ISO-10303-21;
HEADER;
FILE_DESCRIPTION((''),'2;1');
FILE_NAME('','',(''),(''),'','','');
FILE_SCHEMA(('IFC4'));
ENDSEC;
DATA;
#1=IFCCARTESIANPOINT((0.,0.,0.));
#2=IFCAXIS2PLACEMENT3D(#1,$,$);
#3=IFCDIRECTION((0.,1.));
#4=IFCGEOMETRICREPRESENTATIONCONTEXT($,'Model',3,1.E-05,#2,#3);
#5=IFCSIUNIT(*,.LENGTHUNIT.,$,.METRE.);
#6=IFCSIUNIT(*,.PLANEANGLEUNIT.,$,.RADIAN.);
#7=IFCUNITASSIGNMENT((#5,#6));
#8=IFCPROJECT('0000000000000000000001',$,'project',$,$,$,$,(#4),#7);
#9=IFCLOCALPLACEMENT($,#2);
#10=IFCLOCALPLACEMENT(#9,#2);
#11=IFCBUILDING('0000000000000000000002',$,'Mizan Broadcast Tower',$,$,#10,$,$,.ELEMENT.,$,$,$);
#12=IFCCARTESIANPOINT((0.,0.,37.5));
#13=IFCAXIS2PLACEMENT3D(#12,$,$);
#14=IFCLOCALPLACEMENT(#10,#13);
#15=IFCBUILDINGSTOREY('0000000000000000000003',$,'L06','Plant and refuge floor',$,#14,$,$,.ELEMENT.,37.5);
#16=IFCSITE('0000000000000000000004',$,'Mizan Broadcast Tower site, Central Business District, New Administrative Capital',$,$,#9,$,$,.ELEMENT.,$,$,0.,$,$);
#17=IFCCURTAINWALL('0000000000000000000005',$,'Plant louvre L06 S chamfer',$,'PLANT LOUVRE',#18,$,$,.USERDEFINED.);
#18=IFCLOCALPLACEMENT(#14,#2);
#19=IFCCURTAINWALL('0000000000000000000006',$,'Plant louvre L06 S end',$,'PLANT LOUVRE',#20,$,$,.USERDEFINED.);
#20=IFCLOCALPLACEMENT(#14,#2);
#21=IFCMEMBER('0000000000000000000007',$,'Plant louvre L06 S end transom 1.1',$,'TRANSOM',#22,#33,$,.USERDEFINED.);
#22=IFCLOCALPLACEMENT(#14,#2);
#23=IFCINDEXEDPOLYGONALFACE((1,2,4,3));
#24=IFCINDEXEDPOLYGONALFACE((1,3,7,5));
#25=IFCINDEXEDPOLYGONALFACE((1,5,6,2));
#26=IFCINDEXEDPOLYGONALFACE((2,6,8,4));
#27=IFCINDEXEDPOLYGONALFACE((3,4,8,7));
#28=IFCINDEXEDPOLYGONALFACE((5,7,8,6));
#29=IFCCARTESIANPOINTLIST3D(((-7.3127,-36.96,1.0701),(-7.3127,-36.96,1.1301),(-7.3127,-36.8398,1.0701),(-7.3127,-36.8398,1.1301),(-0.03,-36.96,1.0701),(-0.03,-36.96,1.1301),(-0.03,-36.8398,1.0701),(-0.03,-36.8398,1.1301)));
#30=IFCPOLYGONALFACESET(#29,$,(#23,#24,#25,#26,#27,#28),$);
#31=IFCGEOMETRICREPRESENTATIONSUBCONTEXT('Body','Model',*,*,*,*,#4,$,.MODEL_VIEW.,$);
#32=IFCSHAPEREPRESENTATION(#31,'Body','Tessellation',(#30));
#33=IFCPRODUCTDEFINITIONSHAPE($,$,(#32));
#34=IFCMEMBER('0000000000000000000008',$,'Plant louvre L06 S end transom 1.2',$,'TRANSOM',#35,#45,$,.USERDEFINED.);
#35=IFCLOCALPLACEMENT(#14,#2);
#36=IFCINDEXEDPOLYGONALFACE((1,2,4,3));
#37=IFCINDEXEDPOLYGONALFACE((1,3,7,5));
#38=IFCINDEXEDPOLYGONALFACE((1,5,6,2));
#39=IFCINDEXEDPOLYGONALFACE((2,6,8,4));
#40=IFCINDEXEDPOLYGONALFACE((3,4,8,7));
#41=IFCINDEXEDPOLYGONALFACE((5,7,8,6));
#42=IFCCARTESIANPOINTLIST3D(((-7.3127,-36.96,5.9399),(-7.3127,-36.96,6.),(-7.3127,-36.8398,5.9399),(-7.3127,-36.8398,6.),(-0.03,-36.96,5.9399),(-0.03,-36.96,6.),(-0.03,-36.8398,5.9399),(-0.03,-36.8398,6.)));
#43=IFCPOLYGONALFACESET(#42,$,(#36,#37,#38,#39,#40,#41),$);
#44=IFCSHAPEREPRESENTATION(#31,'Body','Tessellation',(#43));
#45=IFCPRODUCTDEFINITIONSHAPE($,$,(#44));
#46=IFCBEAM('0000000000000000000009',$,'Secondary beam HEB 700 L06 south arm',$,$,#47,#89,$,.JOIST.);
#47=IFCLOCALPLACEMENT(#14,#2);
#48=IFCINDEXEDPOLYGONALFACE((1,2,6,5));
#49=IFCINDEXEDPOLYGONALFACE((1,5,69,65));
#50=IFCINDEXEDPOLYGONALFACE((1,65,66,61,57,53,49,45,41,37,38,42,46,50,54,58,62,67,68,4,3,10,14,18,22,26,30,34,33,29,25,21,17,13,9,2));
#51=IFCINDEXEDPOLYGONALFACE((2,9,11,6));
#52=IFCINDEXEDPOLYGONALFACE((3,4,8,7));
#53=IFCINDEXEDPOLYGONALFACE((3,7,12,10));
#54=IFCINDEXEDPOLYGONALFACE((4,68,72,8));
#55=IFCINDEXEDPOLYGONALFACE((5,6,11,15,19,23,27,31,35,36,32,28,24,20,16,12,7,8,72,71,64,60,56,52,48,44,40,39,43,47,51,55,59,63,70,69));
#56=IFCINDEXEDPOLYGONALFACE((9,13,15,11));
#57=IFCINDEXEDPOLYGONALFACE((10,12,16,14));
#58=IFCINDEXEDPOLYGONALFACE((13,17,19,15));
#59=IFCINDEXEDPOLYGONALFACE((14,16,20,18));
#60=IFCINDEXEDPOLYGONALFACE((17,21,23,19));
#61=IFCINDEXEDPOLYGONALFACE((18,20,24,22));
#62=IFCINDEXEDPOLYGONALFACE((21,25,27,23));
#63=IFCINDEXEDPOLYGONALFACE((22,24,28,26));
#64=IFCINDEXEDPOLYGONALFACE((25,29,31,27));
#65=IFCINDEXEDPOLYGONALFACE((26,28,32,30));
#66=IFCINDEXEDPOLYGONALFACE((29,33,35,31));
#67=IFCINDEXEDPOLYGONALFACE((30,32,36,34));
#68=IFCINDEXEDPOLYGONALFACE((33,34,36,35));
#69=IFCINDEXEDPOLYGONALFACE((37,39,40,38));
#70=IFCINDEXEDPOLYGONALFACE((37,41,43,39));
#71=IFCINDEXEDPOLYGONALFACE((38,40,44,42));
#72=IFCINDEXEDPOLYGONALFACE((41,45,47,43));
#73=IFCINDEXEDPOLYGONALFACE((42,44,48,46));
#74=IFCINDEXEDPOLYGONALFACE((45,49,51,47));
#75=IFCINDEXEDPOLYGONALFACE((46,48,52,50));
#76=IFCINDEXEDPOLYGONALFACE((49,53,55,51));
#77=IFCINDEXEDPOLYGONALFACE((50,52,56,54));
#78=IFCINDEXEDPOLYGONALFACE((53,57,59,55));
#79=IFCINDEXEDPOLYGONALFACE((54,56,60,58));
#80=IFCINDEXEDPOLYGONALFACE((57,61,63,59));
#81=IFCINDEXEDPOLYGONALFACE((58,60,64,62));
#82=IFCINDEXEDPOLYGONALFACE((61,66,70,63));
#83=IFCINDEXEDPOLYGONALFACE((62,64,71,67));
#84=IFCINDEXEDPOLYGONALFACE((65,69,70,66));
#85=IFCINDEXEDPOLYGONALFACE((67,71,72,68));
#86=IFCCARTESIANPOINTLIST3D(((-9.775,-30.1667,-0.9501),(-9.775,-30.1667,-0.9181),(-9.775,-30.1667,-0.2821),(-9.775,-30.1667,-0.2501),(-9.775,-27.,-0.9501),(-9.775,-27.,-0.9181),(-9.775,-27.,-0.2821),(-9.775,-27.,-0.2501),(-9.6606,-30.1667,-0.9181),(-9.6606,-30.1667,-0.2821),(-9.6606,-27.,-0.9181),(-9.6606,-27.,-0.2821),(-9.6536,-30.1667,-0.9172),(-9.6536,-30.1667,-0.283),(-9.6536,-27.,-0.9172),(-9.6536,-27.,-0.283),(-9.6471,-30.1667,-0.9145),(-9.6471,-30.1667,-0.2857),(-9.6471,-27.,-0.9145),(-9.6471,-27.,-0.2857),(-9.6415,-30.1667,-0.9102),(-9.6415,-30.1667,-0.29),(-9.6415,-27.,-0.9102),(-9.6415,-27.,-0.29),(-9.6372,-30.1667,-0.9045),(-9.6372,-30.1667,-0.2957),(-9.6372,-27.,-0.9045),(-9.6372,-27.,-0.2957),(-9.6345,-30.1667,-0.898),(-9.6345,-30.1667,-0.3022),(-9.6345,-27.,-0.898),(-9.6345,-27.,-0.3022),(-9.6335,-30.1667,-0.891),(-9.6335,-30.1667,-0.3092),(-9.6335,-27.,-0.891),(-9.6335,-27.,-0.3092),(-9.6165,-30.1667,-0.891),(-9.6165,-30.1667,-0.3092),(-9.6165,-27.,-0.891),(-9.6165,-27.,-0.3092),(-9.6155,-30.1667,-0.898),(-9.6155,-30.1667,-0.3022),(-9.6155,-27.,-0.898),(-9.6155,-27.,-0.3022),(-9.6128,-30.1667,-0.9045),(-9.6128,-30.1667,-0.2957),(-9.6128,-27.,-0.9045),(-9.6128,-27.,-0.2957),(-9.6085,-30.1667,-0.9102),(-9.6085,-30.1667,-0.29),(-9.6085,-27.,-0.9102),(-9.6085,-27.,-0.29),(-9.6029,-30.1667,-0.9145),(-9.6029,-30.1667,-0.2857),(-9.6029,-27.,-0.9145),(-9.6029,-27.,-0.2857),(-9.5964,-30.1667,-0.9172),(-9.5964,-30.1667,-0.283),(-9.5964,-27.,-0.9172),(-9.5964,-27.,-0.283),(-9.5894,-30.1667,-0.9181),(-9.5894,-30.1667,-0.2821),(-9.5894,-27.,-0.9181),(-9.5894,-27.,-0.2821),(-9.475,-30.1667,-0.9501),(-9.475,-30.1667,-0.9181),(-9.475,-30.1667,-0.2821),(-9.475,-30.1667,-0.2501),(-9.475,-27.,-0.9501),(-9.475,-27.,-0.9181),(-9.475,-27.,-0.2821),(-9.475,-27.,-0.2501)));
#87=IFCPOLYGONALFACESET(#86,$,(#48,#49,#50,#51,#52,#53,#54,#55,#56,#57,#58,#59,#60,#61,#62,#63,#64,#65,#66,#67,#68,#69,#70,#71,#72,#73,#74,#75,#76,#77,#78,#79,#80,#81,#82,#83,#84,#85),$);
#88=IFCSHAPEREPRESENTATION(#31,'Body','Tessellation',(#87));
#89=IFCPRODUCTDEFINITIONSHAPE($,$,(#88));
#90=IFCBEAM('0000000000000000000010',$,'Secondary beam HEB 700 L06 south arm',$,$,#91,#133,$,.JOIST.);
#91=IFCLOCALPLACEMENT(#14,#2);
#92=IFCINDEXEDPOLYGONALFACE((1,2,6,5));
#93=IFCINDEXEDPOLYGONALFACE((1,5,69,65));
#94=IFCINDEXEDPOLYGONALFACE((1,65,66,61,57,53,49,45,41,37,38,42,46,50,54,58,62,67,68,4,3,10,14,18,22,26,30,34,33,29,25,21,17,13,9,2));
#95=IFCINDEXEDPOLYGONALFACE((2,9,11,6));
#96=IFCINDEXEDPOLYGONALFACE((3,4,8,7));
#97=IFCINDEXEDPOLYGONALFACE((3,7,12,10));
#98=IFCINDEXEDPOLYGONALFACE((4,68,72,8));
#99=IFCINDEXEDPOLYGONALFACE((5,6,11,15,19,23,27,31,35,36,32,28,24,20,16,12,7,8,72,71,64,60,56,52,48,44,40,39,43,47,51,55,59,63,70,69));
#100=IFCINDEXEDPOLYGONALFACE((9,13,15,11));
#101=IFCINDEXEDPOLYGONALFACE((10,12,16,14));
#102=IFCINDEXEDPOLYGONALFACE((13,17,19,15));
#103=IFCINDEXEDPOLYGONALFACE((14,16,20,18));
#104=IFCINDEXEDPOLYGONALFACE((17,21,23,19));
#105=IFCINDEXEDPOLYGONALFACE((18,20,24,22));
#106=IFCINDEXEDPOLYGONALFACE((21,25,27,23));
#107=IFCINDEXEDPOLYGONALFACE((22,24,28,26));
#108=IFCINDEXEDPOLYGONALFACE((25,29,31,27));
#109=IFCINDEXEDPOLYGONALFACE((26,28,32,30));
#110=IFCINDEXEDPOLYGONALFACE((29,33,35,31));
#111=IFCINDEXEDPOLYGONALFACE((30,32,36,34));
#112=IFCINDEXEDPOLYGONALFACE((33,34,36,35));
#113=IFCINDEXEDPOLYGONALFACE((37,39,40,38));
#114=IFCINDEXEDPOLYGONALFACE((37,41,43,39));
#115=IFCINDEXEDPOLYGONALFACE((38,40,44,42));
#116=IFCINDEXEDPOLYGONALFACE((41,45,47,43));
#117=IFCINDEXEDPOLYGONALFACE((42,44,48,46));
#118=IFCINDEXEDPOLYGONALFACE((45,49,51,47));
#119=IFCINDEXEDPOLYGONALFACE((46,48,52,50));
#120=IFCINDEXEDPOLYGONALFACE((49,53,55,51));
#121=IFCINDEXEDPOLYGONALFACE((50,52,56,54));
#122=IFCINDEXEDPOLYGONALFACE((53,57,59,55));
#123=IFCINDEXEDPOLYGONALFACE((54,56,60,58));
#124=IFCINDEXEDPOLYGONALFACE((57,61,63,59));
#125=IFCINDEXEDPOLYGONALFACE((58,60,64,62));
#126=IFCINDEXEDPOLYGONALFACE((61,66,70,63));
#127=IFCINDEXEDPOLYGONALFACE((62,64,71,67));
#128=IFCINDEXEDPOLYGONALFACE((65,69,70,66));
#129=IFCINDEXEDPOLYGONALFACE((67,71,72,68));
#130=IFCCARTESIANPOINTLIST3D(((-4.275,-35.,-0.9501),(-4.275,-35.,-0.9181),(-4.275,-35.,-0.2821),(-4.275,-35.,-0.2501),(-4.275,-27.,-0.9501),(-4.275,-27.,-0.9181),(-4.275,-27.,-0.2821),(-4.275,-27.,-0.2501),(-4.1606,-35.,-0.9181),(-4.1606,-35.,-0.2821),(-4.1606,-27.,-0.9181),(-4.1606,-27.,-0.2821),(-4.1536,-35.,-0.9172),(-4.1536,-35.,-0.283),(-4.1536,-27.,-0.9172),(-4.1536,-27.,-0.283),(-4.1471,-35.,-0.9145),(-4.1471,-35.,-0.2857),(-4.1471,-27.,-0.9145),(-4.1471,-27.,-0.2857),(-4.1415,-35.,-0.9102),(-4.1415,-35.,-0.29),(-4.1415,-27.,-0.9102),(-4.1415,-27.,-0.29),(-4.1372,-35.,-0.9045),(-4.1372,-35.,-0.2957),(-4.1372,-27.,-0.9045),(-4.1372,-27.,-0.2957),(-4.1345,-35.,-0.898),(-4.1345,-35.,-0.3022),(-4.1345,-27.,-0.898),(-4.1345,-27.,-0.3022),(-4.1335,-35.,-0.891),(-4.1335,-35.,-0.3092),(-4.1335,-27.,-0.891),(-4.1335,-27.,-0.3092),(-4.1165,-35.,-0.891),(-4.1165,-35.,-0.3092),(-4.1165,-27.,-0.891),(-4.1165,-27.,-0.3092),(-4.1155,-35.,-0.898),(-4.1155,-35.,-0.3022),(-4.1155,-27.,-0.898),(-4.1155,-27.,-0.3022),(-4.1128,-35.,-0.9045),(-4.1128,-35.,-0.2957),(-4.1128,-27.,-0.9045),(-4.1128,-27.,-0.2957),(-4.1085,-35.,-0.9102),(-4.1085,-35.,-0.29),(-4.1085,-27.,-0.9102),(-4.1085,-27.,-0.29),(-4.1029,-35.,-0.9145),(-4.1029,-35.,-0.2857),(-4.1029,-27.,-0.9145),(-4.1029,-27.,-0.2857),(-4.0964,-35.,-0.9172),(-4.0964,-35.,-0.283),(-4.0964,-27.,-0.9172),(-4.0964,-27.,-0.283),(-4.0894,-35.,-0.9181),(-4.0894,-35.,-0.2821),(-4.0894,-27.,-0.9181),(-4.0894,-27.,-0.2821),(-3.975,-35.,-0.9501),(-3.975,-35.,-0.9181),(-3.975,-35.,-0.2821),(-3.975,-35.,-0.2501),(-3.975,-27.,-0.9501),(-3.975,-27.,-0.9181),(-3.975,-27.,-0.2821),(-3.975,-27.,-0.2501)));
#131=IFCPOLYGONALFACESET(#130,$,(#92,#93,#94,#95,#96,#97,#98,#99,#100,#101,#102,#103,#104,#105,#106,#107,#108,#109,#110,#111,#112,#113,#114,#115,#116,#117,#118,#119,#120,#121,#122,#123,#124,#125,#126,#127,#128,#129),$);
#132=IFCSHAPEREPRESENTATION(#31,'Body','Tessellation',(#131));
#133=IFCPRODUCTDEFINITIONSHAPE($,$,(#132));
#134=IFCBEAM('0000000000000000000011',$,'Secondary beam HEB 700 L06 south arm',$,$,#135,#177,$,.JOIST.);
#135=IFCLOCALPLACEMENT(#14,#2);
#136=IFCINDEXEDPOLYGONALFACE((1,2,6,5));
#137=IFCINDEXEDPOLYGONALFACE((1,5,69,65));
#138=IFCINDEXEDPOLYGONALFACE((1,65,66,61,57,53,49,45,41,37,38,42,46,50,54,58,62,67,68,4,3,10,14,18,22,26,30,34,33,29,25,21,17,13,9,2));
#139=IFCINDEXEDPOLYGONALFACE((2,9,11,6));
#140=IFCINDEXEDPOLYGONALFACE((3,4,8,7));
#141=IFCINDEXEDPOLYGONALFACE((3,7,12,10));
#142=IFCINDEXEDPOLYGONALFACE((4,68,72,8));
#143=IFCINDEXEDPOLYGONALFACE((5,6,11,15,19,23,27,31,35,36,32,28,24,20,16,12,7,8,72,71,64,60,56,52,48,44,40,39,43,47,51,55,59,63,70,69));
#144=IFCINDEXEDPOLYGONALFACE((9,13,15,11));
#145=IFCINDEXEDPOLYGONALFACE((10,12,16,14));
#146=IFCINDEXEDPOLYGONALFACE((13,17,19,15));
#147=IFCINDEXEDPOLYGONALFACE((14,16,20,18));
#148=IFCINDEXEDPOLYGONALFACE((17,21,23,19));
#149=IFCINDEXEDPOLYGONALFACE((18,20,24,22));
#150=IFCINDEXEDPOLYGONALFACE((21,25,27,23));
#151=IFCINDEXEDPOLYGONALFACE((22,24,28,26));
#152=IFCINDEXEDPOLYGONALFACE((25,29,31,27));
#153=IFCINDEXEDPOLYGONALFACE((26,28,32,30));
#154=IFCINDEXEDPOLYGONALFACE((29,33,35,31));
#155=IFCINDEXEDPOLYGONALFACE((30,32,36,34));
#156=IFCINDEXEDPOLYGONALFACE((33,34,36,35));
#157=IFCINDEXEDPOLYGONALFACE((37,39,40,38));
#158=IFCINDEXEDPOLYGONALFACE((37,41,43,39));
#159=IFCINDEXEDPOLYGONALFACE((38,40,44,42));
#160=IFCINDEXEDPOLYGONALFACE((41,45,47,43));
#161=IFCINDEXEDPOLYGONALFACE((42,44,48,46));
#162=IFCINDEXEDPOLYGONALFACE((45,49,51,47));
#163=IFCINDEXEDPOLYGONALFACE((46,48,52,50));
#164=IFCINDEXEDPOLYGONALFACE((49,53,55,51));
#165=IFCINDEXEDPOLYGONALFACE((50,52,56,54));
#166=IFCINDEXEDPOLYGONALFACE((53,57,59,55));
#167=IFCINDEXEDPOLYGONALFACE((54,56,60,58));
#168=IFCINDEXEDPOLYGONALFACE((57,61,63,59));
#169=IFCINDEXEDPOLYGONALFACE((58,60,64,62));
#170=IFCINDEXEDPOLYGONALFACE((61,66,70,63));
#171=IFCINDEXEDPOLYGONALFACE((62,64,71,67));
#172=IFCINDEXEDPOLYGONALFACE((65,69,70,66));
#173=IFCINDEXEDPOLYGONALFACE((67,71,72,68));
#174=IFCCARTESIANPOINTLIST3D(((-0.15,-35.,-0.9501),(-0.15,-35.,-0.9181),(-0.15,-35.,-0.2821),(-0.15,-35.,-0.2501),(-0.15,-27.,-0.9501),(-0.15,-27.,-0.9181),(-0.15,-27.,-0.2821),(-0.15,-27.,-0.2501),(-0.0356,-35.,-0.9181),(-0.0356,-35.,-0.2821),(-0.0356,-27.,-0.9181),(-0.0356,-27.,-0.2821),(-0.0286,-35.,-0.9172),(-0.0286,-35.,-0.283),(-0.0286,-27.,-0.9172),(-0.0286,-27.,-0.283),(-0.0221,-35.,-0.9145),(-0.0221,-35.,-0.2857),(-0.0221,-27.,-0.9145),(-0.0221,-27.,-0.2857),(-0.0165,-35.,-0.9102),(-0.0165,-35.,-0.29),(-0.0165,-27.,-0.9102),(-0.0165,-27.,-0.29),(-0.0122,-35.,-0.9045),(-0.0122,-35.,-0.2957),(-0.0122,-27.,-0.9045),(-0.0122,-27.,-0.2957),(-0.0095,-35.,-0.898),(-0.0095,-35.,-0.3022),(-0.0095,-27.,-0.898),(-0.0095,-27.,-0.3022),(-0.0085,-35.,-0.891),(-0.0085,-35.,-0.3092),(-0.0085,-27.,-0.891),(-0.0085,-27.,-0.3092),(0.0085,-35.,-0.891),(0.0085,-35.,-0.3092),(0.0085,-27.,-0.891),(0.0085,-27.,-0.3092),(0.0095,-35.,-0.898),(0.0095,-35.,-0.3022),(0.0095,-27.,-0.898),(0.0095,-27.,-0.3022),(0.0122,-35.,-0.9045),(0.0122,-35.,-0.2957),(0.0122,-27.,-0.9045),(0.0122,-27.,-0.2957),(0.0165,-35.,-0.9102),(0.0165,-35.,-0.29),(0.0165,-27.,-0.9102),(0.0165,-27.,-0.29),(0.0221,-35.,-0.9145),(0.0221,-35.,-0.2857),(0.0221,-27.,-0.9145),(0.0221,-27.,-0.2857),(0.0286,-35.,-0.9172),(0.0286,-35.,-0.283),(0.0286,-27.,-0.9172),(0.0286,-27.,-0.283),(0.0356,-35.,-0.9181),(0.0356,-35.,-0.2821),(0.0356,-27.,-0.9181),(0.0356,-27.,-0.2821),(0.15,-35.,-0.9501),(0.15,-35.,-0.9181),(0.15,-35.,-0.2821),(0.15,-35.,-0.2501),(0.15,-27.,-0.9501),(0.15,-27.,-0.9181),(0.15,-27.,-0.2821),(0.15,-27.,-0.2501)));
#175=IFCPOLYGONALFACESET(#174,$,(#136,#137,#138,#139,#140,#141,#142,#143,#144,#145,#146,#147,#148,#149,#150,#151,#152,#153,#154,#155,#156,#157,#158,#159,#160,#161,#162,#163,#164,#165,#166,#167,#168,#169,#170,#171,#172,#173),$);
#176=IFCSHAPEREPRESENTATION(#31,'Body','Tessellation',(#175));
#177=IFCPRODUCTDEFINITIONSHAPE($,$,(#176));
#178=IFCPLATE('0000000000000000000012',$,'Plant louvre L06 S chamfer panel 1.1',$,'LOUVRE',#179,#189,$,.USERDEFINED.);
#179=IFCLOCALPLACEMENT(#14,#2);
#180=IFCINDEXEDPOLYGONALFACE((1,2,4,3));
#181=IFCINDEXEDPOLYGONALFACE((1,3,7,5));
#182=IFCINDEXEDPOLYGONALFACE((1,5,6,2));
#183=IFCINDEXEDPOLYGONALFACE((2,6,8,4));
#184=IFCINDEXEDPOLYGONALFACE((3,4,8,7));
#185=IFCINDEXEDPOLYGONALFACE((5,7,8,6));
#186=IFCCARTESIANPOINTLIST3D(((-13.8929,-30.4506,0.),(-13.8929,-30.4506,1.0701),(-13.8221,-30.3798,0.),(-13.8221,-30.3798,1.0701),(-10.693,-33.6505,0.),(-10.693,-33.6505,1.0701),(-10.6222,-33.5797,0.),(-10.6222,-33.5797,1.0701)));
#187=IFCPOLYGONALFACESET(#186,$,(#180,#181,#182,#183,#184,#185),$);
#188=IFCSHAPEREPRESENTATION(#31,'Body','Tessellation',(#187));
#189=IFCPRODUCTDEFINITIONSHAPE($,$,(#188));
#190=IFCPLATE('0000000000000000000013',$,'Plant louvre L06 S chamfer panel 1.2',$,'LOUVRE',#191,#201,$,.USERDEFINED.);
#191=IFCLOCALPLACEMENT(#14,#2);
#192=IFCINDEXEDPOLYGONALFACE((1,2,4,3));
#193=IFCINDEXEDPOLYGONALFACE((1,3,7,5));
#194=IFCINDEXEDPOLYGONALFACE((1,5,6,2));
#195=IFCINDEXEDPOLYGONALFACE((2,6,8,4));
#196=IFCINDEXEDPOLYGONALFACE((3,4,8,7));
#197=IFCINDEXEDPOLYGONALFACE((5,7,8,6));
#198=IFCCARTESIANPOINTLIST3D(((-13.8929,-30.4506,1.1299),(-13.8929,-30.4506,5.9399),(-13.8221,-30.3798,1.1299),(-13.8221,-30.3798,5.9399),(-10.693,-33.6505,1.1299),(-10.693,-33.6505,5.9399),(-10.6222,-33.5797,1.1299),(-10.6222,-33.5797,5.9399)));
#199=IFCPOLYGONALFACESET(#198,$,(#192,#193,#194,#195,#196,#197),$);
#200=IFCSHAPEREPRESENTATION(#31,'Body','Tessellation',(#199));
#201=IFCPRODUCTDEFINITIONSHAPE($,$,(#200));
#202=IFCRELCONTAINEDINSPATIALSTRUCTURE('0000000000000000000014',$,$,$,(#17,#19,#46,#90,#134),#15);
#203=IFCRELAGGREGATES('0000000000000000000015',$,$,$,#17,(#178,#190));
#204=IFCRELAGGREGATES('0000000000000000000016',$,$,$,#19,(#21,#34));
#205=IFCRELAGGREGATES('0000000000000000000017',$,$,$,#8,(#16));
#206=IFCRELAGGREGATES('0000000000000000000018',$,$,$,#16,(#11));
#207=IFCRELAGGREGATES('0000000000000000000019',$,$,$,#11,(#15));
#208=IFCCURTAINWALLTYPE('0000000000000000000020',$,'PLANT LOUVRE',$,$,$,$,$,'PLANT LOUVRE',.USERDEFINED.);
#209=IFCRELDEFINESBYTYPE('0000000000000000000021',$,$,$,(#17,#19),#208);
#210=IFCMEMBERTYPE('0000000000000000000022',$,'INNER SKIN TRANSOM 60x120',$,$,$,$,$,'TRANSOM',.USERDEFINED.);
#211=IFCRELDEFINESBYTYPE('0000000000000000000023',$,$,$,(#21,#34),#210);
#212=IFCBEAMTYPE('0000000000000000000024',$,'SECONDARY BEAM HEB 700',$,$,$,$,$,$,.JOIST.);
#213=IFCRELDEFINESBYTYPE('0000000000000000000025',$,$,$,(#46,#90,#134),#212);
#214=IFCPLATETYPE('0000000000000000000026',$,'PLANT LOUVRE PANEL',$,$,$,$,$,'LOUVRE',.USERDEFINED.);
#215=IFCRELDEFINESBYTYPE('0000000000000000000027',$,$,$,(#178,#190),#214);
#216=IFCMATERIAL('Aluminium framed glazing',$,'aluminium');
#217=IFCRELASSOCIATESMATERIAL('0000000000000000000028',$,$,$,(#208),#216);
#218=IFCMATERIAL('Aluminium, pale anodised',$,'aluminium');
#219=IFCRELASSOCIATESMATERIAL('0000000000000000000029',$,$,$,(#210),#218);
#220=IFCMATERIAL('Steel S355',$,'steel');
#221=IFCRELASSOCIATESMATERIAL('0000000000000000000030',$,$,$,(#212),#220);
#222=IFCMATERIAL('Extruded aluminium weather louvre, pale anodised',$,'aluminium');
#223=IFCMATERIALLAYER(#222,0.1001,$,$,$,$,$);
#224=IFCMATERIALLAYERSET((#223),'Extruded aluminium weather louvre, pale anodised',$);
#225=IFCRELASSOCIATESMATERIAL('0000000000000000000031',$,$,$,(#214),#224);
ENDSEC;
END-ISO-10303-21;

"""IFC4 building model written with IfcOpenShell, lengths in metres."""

from ifc_helpers import new_model, si_unit, direction, frame, origin, origin_2d, place, context, subcontext, project, spatial, rectangle, i_section, extrude, material, layer, layer_set, material_profile, profile_set, type_object, element, aggregate, save


model = new_model("IFC4")

# Units and contexts
model_context = context("Model", 3, precision=1e-05, world=origin(), true_north=direction((0.0, 1.0)))
body_context = subcontext(model_context, "Body", "Model", "MODEL_VIEW")
ifc_project = project(units=[si_unit("LENGTHUNIT", "METRE"), si_unit("PLANEANGLEUNIT", "RADIAN")], contexts=[model_context])

# Site, building, storey
site_placement = place(None, origin())
site = spatial("IfcSite", under=ifc_project, at=site_placement, Name="Mizan Broadcast Tower site, Central Business District, New Administrative Capital", CompositionType="ELEMENT", RefElevation=0.0)
building_placement = place(site_placement, origin())
building = spatial("IfcBuilding", under=site, at=building_placement, Name="Mizan Broadcast Tower", CompositionType="ELEMENT")
storey_placement = place(building_placement, frame((0.0, 0.0, 37.5)))
storey = spatial("IfcBuildingStorey", under=building, at=storey_placement, Name="L06", Description="Plant and refuge floor", CompositionType="ELEMENT", Elevation=37.5)

# Curtain walls, members
ifc_material_1 = material(Name="Aluminium framed glazing", Category="aluminium")
curtain_wall_type = type_object("IfcCurtainWallType", Name="PLANT LOUVRE", ElementType="PLANT LOUVRE", PredefinedType="USERDEFINED", material=ifc_material_1)
curtain_wall_1_placement = place(storey_placement, origin())
curtain_wall_1 = element("IfcCurtainWall", 1, at=curtain_wall_1_placement, inside=storey, type_object=curtain_wall_type, Name="Plant louvre L06 S chamfer", ObjectType="PLANT LOUVRE", PredefinedType="USERDEFINED")
ifc_material_2 = material(Name="Aluminium, pale anodised", Category="aluminium")
ifc_material_profile_1 = material_profile(ifc_material_2, rectangle(XDim=0.1201, YDim=0.0601, at=origin_2d()), Name="TRANSOM 120x60")
ifc_profile_set_1 = profile_set([ifc_material_profile_1], Name="Aluminium, pale anodised")
member_type_1 = type_object("IfcMemberType", Name="INNER SKIN TRANSOM 60x120", ElementType="TRANSOM", PredefinedType="USERDEFINED", material=ifc_profile_set_1)
curtain_wall_2_placement = place(storey_placement, origin())
curtain_wall_2 = element("IfcCurtainWall", 2, at=curtain_wall_2_placement, inside=storey, type_object=curtain_wall_type, Name="Plant louvre L06 S end", ObjectType="PLANT LOUVRE", PredefinedType="USERDEFINED")
member_1_placement = place(storey_placement, frame((-7.3127, -36.8999, 1.1001), z_axis=(1.0, 0.0, 0.0), x_axis=(0.0, 1.0, 0.0)))
member_1 = element("IfcMember", 3, at=member_1_placement, type_object=member_type_1, Name="Plant louvre L06 S end transom 1.1", ObjectType="TRANSOM", PredefinedType="USERDEFINED", context=body_context, shape_type="SweptSolid", body=[
    extrude(rectangle(XDim=0.1201, YDim=0.0601, at=origin_2d()), origin(), (0.0, 0.0, 1.0), 7.2827),
])
member_2_placement = place(storey_placement, frame((-7.3127, -36.8999, 5.97), z_axis=(1.0, 0.0, 0.0), x_axis=(0.0, 1.0, 0.0)))
member_2 = element("IfcMember", 4, at=member_2_placement, type_object=member_type_1, Name="Plant louvre L06 S end transom 1.2", ObjectType="TRANSOM", PredefinedType="USERDEFINED", context=body_context, shape_type="SweptSolid", body=[
    extrude(rectangle(XDim=0.1201, YDim=0.0601, at=origin_2d()), origin(), (0.0, 0.0, 1.0), 7.2827),
])

# Beams
ifc_material_3 = material(Name="Steel S355", Category="steel")
ifc_material_profile_2 = material_profile(ifc_material_3, i_section(OverallWidth=0.3, OverallDepth=0.7, WebThickness=0.0171, FlangeThickness=0.032, FilletRadius=0.0271, at=origin_2d()), Name="HEB 700")
ifc_profile_set_2 = profile_set([ifc_material_profile_2], Name="Steel S355")
beam_type_1 = type_object("IfcBeamType", Name="SECONDARY BEAM HEB 700", PredefinedType="JOIST", material=ifc_profile_set_2)
beam_1_placement = place(storey_placement, frame((-9.625, -27.0, -0.6001), z_axis=(0.0, -1.0, 0.0), x_axis=(1.0, 0.0, 0.0)))
element("IfcBeam", 5, at=beam_1_placement, inside=storey, type_object=beam_type_1, Name="Secondary beam HEB 700 L06 south arm", PredefinedType="JOIST", context=body_context, shape_type="SweptSolid", body=[
    extrude(i_section(OverallWidth=0.3, OverallDepth=0.7, WebThickness=0.0171, FlangeThickness=0.032, FilletRadius=0.0271, at=origin_2d()), origin(), (0.0, 0.0, 1.0), 3.1667),
])
for number, where, z_axis, x_axis, name in (
    (6, (-4.125, -27.0, -0.6001), (0.0, -1.0, 0.0), (1.0, 0.0, 0.0), "Secondary beam HEB 700 L06 south arm"),
    (7, (0.0, -27.0, -0.6001), (0.0, -1.0, 0.0), (1.0, 0.0, 0.0), "Secondary beam HEB 700 L06 south arm"),
):
    element("IfcBeam", number, at=place(storey_placement, frame(where, z_axis=z_axis, x_axis=x_axis)), inside=storey, type_object=beam_type_1, Name=name, PredefinedType="JOIST", context=body_context, shape_type="SweptSolid", body=[
        extrude(i_section(OverallWidth=0.3, OverallDepth=0.7, WebThickness=0.0171, FlangeThickness=0.032, FilletRadius=0.0271, at=origin_2d()), origin(), (0.0, 0.0, 1.0), 8.0),
    ])

# Plates
ifc_material_4 = material(Name="Extruded aluminium weather louvre, pale anodised", Category="aluminium")
ifc_layer = layer(ifc_material_4, 0.1001)
ifc_layer_set = layer_set([ifc_layer], Name="Extruded aluminium weather louvre, pale anodised")
plate_type = type_object("IfcPlateType", Name="PLANT LOUVRE PANEL", ElementType="LOUVRE", PredefinedType="USERDEFINED", material=ifc_layer_set)
plate_1_placement = place(storey_placement, frame((-12.2576, -32.0151, 0.0), z_axis=(0.0, 0.0, 1.0), x_axis=(0.707107, -0.707107, 0.0)))
plate_1 = element("IfcPlate", 8, at=plate_1_placement, type_object=plate_type, Name="Plant louvre L06 S chamfer panel 1.1", ObjectType="LOUVRE", PredefinedType="USERDEFINED", context=body_context, shape_type="SweptSolid", body=[
    extrude(rectangle(XDim=4.5254, YDim=0.1001, at=origin_2d()), origin(), (0.0, 0.0, 1.0), 1.0701),
])
plate_2_placement = place(storey_placement, frame((-12.2576, -32.0151, 1.1299), z_axis=(0.0, 0.0, 1.0), x_axis=(0.707107, -0.707107, 0.0)))
plate_2 = element("IfcPlate", 9, at=plate_2_placement, type_object=plate_type, Name="Plant louvre L06 S chamfer panel 1.2", ObjectType="LOUVRE", PredefinedType="USERDEFINED", context=body_context, shape_type="SweptSolid", body=[
    extrude(rectangle(XDim=4.5254, YDim=0.1001, at=origin_2d()), origin(), (0.0, 0.0, 1.0), 4.8101),
])
aggregate(curtain_wall_1, [plate_1, plate_2])
aggregate(curtain_wall_2, [member_1, member_2])

save(model, "model.ifc")
